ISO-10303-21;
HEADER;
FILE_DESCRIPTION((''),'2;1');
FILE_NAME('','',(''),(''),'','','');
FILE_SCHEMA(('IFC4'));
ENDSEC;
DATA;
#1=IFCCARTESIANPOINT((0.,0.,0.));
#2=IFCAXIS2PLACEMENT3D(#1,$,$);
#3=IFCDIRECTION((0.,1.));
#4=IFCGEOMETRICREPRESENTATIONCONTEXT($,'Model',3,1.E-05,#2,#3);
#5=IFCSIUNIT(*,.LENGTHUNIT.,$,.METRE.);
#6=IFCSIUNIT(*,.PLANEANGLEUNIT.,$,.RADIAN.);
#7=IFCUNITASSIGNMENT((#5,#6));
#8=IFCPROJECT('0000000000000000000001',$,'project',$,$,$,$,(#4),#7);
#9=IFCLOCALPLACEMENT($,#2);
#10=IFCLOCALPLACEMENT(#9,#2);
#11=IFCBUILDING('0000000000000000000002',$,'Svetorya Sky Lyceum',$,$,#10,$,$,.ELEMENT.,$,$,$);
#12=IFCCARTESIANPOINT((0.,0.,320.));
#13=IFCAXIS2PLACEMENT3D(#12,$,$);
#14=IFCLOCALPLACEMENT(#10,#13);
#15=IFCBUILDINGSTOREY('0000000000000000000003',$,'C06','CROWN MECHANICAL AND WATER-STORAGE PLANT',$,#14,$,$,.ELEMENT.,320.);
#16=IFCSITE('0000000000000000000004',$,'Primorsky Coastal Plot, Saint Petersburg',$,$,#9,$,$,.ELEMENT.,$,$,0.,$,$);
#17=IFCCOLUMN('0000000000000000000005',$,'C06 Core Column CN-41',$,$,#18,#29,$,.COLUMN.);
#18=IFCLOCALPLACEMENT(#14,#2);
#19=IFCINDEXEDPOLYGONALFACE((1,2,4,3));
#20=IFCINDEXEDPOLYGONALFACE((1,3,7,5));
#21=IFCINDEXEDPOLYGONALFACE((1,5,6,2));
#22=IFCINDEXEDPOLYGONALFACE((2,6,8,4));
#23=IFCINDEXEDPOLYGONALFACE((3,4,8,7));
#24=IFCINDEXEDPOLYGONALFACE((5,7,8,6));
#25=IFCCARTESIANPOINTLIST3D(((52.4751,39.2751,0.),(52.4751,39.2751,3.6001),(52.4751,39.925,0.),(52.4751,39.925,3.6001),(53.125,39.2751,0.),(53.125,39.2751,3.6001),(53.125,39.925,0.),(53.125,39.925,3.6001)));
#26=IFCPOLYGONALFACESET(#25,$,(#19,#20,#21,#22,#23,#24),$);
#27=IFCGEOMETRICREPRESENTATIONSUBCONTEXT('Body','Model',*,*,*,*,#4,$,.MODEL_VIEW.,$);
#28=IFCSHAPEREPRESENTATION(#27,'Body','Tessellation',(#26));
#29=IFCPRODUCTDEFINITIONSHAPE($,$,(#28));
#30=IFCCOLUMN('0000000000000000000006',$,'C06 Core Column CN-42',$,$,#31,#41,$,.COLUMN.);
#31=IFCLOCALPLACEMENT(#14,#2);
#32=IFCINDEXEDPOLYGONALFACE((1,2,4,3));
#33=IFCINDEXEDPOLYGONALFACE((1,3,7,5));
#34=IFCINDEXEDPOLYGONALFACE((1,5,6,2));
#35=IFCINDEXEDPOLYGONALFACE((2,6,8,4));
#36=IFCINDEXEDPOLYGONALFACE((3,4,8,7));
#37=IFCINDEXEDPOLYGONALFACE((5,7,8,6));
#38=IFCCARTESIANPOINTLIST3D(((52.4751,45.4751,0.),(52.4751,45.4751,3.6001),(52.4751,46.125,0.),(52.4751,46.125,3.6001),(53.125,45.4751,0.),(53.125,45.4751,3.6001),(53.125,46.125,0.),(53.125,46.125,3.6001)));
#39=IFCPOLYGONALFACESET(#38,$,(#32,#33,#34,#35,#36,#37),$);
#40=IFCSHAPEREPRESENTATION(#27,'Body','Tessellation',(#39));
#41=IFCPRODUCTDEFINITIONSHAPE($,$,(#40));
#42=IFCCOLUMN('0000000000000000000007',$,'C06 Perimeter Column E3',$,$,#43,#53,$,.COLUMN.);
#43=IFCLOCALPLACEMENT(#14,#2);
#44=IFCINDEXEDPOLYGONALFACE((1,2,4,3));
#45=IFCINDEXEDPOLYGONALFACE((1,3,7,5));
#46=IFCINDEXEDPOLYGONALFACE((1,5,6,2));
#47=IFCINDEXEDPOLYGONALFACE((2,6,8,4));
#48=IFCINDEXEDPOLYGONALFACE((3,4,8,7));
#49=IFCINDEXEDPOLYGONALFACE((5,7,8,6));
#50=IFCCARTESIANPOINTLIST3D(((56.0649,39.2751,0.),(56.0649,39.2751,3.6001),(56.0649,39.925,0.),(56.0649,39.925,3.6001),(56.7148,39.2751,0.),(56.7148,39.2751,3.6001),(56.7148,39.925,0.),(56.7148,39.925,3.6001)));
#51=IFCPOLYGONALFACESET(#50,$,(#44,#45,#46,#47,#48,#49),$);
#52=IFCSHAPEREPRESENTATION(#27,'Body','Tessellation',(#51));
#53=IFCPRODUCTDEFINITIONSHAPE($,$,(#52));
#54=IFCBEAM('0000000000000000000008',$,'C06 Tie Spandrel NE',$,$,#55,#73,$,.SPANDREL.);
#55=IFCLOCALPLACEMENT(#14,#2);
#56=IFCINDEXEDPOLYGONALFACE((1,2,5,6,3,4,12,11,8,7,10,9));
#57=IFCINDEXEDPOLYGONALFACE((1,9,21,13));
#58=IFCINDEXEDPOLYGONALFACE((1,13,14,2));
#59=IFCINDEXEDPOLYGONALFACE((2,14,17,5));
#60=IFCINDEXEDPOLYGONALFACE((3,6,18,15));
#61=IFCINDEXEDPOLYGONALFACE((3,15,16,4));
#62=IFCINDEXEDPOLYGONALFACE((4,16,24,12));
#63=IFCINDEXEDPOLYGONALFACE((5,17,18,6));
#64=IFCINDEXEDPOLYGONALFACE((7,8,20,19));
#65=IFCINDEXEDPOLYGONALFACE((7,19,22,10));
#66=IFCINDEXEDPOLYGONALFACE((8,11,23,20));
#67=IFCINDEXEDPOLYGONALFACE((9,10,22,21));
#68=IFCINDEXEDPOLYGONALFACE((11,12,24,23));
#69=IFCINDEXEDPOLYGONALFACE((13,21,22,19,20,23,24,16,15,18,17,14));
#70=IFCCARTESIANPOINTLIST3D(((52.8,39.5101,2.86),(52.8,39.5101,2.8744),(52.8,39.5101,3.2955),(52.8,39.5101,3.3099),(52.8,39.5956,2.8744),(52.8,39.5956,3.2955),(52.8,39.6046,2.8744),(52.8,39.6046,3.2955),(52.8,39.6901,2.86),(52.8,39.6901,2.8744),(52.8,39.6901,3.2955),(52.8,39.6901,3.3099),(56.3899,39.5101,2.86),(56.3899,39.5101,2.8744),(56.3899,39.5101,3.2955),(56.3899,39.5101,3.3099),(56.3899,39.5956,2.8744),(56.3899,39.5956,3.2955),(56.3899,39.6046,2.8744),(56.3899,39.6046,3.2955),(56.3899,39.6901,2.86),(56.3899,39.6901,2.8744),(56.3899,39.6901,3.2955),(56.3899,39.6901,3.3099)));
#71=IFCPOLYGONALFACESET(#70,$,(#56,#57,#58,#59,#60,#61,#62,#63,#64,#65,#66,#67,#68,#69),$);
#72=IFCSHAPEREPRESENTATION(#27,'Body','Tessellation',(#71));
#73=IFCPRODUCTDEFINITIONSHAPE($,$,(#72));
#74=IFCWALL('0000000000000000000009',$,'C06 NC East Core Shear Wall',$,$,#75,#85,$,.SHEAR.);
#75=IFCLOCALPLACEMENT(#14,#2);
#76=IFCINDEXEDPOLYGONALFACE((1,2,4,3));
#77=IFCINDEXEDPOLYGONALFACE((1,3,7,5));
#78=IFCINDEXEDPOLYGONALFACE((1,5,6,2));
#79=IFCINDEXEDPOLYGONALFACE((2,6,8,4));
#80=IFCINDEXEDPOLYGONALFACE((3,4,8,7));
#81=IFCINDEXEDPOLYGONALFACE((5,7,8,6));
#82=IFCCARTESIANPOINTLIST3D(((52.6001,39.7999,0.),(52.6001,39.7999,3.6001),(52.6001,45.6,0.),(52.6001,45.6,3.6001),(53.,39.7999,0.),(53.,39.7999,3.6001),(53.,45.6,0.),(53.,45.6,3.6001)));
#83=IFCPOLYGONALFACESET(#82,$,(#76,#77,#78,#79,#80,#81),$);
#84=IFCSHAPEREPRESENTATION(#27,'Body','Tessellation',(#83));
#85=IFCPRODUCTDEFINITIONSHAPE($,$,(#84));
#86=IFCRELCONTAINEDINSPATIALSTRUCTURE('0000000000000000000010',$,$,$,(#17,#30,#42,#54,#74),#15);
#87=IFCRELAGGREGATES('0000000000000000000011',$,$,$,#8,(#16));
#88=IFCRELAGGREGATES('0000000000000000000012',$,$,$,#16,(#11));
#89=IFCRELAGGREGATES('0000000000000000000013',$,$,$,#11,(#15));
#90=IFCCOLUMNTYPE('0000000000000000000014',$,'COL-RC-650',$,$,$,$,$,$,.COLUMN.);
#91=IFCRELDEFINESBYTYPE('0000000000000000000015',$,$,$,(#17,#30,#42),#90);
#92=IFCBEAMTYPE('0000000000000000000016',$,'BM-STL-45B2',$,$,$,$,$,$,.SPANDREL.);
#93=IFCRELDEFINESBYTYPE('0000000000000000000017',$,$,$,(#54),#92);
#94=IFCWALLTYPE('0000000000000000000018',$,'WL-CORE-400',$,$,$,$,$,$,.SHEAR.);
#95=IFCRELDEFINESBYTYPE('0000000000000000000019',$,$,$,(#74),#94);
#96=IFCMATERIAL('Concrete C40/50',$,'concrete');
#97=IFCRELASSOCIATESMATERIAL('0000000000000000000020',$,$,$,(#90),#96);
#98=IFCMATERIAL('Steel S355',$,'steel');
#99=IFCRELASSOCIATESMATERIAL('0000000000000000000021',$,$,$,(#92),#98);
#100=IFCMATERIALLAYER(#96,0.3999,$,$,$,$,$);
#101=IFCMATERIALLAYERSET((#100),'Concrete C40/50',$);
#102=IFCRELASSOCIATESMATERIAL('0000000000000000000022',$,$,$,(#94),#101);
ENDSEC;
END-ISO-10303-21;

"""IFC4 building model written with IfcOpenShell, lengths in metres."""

from ifc_helpers import new_model, si_unit, direction, frame, frame_2d, origin, origin_2d, place, context, subcontext, project, spatial, rectangle, i_section, extrude, material, layer, layer_set, material_profile, profile_set, type_object, element, save


model = new_model("IFC4")

# Units and contexts
model_context = context("Model", 3, precision=1e-05, world=origin(), true_north=direction((0.0, 1.0)))
body_context = subcontext(model_context, "Body", "Model", "MODEL_VIEW")
ifc_project = project(units=[si_unit("LENGTHUNIT", "METRE"), si_unit("PLANEANGLEUNIT", "RADIAN")], contexts=[model_context])

# Site, building, storey
site_placement = place(None, origin())
site = spatial("IfcSite", under=ifc_project, at=site_placement, Name="Primorsky Coastal Plot, Saint Petersburg", CompositionType="ELEMENT", RefElevation=0.0)
building_placement = place(site_placement, origin())
building = spatial("IfcBuilding", under=site, at=building_placement, Name="Svetorya Sky Lyceum", CompositionType="ELEMENT")
storey_placement = place(building_placement, frame((0.0, 0.0, 320.0)))
storey = spatial("IfcBuildingStorey", under=building, at=storey_placement, Name="C06", Description="CROWN MECHANICAL AND WATER-STORAGE PLANT", CompositionType="ELEMENT", Elevation=320.0)

# Columns
ifc_material_1 = material(Name="Concrete C40/50", Category="concrete")
ifc_material_profile_1 = material_profile(ifc_material_1, rectangle(XDim=0.6499, YDim=0.6499, at=origin_2d()), Name="RC COL 650x650")
ifc_profile_set_1 = profile_set([ifc_material_profile_1], Name="Concrete C40/50")
column_type = type_object("IfcColumnType", Name="COL-RC-650", PredefinedType="COLUMN", material=ifc_profile_set_1)
for number, where, z_axis, x_axis, name in (
    (1, (52.8, 39.6001, 0.0), (0.0, 0.0, 1.0), (1.0, 0.0, 0.0), "C06 Core Column CN-41"),
    (2, (52.8, 45.8, 0.0), (0.0, 0.0, 1.0), (1.0, 0.0, 0.0), "C06 Core Column CN-42"),
    (3, (56.3899, 39.6001, 0.0), (0.0, 0.0, 1.0), (1.0, 0.0, 0.0), "C06 Perimeter Column E3"),
):
    element("IfcColumn", number, at=place(storey_placement, frame(where, z_axis=z_axis, x_axis=x_axis)), inside=storey, type_object=column_type, Name=name, PredefinedType="COLUMN", context=body_context, shape_type="SweptSolid", body=[
        extrude(rectangle(XDim=0.6499, YDim=0.6499, at=origin_2d()), origin(), (0.0, 0.0, 1.0), 3.6001),
    ])

# Beam
ifc_material_2 = material(Name="Steel S355", Category="steel")
ifc_material_profile_2 = material_profile(ifc_material_2, i_section(OverallWidth=0.1799, OverallDepth=0.45, WebThickness=0.009, FlangeThickness=0.0144, at=origin_2d()), Name="GOST 45B2")
ifc_profile_set_2 = profile_set([ifc_material_profile_2], Name="Steel S355")
beam_type = type_object("IfcBeamType", Name="BM-STL-45B2", PredefinedType="SPANDREL", material=ifc_profile_set_2)
beam_placement = place(storey_placement, frame((52.8, 39.6001, 3.085), z_axis=(1.0, 0.0, 0.0), x_axis=(0.0, 1.0, 0.0)))
element("IfcBeam", 4, at=beam_placement, inside=storey, type_object=beam_type, Name="C06 Tie Spandrel NE", PredefinedType="SPANDREL", context=body_context, shape_type="SweptSolid", body=[
    extrude(i_section(OverallWidth=0.1799, OverallDepth=0.45, WebThickness=0.009, FlangeThickness=0.0144, at=origin_2d()), origin(), (0.0, 0.0, 1.0), 3.5898),
])

# Wall
ifc_layer_1 = layer(ifc_material_1, 0.3999)
ifc_layer_set_1 = layer_set([ifc_layer_1], Name="Concrete C40/50")
wall_type_1 = type_object("IfcWallType", Name="WL-CORE-400", PredefinedType="SHEAR", material=ifc_layer_set_1)
wall_1_placement = place(storey_placement, frame((52.8, 39.8, 0.0), z_axis=(0.0, 0.0, 1.0), x_axis=(0.0, 1.0, 0.0)))
element("IfcWall", 5, at=wall_1_placement, inside=storey, type_object=wall_type_1, Name="C06 NC East Core Shear Wall", PredefinedType="SHEAR", context=body_context, shape_type="SweptSolid", body=[
    extrude(rectangle(XDim=5.8, YDim=0.3999, at=frame_2d((2.8999, 0.0))), origin(), (0.0, 0.0, 1.0), 3.6001),
])

save(model, "model.ifc")
